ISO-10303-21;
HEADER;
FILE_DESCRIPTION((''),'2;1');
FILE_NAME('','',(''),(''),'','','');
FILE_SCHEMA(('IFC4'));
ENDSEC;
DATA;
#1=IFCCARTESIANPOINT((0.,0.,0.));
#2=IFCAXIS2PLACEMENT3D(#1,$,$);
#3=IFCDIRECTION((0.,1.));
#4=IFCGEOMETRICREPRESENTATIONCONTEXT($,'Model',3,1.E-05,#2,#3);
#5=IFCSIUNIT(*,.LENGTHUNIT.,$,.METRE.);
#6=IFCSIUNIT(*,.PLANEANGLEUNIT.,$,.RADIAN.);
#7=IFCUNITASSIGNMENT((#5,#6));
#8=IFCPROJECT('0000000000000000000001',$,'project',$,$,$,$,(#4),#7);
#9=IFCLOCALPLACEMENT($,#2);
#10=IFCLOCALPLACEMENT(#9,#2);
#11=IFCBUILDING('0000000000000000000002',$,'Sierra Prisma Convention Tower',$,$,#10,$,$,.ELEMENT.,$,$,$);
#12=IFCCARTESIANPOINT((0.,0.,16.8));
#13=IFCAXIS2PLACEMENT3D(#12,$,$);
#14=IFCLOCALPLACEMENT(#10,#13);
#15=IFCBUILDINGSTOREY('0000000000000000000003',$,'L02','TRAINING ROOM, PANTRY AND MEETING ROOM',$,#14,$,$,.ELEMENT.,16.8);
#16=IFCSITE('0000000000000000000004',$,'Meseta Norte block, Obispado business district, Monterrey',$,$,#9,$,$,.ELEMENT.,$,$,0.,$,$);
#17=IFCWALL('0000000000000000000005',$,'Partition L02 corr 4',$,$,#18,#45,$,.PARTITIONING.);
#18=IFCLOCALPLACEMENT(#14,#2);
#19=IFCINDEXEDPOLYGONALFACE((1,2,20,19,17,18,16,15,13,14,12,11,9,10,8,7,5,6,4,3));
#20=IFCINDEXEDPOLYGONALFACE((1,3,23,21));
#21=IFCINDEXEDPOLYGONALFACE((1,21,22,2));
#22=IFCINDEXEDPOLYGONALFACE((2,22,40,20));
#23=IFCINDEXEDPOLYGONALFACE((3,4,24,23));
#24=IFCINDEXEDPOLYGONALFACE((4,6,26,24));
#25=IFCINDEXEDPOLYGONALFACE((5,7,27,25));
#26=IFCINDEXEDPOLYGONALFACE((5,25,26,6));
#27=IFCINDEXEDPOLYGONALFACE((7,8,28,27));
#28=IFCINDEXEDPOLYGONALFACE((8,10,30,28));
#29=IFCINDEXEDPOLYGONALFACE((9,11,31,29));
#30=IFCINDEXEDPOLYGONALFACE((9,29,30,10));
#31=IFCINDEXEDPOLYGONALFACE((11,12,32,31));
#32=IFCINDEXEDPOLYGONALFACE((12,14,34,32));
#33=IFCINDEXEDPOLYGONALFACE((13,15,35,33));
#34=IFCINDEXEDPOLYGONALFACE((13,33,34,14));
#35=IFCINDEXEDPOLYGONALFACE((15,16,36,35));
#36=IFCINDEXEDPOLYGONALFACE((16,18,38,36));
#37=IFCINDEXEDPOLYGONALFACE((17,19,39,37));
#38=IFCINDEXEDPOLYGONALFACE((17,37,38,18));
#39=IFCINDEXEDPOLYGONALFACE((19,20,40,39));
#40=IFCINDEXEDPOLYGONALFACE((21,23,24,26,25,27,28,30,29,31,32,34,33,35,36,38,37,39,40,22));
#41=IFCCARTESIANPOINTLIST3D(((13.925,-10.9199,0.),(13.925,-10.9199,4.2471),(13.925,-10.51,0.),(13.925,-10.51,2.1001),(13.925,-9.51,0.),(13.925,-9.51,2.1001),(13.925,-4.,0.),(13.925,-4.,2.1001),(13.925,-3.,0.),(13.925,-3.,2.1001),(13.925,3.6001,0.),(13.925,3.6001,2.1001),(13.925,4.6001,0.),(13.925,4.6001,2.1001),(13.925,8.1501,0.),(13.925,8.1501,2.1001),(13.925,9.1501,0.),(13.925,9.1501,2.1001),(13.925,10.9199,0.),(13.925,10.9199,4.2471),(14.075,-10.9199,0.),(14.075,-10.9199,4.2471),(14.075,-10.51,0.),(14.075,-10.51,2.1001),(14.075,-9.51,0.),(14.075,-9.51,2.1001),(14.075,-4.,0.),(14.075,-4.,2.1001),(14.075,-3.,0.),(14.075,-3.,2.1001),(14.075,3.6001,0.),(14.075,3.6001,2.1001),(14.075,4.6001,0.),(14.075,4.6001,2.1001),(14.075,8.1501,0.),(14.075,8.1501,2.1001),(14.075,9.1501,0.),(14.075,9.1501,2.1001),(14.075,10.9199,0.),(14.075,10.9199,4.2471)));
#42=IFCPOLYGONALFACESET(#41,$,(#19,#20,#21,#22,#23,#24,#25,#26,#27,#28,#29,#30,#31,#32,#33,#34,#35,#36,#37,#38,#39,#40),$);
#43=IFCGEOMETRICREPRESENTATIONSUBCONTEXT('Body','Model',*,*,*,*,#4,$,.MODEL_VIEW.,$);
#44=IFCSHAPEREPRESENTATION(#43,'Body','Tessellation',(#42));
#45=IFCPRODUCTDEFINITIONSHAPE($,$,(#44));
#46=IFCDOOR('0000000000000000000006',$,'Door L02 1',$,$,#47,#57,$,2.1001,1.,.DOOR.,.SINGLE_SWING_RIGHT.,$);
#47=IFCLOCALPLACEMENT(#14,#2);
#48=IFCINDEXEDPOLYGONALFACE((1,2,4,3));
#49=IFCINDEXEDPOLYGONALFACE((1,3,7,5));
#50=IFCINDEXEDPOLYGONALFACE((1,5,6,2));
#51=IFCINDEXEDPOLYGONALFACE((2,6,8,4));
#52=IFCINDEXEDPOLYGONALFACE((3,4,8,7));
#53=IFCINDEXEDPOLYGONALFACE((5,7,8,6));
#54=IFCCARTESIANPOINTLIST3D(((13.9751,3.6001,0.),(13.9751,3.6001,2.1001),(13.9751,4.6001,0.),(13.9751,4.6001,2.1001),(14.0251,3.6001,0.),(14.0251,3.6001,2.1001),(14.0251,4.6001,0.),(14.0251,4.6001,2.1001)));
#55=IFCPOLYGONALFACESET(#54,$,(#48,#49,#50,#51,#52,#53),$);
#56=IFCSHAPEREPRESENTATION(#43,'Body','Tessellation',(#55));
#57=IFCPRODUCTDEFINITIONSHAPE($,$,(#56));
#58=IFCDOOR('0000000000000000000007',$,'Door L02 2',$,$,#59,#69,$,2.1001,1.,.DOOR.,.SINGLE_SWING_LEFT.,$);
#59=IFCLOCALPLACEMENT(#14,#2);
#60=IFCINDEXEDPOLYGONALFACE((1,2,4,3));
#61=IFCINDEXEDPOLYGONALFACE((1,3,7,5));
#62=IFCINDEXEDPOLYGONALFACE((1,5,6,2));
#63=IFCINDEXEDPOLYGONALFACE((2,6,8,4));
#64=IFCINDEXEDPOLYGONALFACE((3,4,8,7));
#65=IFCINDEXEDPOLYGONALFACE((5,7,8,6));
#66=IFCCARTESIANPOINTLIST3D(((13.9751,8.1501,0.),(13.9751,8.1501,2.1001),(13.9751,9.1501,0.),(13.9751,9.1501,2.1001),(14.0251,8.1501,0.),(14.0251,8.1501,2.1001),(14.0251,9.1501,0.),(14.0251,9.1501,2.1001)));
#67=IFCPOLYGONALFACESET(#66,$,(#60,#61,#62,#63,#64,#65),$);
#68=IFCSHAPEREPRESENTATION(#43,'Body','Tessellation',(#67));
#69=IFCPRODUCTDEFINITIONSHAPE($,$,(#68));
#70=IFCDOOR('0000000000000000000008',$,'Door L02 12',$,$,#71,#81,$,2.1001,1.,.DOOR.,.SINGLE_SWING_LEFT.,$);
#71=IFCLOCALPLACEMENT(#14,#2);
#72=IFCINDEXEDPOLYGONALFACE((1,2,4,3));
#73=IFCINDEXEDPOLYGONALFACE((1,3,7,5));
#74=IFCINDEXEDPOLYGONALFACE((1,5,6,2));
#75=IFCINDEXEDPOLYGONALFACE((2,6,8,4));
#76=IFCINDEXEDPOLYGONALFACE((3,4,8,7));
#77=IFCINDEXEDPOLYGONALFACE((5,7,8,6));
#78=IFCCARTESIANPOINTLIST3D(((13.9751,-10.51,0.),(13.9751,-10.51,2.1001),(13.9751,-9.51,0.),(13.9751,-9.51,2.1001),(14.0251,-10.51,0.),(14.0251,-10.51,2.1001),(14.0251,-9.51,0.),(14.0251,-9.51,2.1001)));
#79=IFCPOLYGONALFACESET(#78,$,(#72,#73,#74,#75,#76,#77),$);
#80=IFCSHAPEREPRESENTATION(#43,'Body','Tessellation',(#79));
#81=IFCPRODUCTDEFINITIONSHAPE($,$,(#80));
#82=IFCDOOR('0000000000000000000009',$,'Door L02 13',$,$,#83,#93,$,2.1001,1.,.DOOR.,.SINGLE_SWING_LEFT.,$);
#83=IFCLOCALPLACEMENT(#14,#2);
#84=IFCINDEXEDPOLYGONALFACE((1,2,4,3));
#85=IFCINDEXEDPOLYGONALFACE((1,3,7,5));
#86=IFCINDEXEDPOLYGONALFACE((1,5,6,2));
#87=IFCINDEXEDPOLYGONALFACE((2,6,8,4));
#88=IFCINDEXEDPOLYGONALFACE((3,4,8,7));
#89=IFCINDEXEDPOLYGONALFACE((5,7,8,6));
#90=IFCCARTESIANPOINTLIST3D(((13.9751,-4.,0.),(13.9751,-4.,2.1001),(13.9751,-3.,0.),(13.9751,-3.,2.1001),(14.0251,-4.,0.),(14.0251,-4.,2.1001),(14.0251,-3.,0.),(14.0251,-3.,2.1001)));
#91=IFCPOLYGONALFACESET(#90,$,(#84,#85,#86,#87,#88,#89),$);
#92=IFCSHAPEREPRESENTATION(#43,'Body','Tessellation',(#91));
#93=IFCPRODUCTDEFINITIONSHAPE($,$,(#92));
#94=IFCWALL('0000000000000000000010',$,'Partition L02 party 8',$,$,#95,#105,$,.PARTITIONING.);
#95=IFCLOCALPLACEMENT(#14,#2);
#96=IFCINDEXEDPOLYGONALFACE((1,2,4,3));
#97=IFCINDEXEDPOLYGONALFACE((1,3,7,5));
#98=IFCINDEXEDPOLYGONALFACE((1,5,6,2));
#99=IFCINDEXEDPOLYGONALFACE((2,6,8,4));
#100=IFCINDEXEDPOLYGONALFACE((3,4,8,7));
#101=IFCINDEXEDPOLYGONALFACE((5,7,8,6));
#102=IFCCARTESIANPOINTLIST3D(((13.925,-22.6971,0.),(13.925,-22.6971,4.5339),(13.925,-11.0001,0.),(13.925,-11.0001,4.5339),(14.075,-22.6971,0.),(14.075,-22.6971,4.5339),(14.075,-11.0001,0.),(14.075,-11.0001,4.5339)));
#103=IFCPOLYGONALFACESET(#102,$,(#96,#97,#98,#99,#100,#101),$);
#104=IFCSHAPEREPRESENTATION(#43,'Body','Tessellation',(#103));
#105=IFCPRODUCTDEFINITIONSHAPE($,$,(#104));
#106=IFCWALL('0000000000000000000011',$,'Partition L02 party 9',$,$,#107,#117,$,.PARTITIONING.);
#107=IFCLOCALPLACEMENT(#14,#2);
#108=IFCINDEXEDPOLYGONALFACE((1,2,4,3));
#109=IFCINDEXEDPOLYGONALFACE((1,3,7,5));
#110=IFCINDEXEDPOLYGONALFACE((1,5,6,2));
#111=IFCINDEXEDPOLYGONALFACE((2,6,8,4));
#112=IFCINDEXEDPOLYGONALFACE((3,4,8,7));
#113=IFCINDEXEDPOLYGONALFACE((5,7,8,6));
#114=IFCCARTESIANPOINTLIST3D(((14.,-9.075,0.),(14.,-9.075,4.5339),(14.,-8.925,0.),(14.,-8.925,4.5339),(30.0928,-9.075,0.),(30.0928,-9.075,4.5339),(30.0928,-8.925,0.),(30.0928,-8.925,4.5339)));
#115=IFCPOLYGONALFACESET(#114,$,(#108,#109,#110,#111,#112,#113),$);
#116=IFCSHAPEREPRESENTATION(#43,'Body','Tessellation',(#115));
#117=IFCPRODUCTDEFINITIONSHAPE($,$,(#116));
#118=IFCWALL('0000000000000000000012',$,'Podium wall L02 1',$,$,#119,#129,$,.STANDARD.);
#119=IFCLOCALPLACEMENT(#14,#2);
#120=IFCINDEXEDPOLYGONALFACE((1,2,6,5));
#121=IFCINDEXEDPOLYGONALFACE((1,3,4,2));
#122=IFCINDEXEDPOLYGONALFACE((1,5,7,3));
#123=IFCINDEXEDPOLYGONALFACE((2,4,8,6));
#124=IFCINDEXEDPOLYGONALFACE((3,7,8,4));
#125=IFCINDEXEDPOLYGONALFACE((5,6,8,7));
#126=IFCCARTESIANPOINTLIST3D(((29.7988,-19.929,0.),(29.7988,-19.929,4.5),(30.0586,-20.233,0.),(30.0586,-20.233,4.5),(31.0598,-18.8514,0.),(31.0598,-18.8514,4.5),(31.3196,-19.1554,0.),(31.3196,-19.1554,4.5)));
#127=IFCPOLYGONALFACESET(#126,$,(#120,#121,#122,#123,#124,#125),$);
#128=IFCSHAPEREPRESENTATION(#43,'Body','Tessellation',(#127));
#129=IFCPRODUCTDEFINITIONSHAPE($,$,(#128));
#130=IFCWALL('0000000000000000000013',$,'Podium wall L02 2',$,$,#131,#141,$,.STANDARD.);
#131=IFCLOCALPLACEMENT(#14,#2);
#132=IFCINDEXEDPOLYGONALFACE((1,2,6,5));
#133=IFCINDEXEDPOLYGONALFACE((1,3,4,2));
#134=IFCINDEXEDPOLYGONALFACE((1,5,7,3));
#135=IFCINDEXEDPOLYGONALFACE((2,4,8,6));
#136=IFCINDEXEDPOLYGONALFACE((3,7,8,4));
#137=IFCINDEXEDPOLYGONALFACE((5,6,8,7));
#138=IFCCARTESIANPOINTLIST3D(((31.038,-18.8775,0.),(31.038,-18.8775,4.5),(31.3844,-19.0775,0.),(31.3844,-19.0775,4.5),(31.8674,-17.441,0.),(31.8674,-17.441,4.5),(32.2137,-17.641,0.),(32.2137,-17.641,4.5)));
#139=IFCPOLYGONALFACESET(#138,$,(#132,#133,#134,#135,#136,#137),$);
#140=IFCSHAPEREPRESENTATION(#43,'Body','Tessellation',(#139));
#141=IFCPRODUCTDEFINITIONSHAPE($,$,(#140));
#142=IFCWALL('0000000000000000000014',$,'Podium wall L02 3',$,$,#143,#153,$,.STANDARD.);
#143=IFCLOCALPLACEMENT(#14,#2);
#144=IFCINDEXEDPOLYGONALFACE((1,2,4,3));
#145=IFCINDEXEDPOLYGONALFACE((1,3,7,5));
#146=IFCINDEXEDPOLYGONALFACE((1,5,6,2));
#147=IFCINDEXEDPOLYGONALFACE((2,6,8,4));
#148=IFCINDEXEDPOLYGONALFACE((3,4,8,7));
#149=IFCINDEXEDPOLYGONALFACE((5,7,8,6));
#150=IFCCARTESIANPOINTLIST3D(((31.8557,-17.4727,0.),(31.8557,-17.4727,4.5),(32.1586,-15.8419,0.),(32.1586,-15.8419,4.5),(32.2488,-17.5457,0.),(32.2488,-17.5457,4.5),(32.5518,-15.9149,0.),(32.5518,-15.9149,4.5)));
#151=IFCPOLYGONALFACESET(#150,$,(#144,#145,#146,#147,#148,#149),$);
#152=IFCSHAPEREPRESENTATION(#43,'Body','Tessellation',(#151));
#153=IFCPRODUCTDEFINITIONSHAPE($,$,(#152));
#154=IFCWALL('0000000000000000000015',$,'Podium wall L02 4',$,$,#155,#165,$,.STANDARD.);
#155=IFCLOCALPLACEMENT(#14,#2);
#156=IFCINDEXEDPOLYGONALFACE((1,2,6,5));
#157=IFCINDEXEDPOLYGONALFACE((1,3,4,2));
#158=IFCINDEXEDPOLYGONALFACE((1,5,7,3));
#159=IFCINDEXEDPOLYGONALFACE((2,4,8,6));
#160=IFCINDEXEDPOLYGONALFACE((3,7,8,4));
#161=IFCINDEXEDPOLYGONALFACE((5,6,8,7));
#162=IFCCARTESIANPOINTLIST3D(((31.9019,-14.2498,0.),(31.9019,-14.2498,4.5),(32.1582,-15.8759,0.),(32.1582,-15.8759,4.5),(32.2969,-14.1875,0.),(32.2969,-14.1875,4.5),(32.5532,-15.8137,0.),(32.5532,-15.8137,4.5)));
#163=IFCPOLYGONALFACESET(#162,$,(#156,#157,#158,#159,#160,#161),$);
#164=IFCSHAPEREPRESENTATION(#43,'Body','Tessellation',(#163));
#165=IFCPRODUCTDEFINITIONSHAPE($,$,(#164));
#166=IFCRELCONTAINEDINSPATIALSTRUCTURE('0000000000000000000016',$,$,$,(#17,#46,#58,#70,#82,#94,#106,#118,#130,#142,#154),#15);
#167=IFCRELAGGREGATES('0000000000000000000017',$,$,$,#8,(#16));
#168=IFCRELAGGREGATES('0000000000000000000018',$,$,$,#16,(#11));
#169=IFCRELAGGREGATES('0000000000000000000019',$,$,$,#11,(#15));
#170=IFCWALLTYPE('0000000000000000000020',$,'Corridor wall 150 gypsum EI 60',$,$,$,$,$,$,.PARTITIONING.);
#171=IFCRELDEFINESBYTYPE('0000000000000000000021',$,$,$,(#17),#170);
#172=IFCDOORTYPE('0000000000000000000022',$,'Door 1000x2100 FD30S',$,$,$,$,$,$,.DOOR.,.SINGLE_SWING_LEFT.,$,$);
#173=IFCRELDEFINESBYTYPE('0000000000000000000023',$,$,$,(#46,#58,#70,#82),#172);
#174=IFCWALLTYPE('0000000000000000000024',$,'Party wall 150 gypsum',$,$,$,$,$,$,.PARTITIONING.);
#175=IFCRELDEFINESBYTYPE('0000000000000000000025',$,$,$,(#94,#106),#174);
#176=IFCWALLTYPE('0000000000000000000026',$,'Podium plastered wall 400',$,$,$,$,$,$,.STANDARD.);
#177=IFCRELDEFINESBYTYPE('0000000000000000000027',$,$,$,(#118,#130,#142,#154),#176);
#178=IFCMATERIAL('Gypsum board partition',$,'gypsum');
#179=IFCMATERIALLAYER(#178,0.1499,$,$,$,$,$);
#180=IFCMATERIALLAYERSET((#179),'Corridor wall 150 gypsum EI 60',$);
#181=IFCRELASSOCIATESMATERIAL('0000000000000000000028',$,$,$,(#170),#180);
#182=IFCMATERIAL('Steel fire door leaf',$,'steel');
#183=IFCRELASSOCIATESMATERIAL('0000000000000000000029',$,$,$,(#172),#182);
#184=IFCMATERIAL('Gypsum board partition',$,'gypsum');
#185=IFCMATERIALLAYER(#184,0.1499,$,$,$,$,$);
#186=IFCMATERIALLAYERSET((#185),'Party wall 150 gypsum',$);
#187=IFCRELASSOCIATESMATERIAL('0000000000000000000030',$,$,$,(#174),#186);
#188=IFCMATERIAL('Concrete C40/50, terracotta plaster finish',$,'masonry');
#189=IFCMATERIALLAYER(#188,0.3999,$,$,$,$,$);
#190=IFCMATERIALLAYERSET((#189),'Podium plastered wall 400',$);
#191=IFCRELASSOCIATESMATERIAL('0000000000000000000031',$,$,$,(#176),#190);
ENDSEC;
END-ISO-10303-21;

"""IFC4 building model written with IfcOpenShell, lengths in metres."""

from ifc_helpers import new_model, si_unit, direction, frame, frame_2d, origin, place, context, subcontext, project, spatial, rectangle, extrude, material, layer, layer_set, type_object, element, fill, save


model = new_model("IFC4")

# Units and contexts
model_context = context("Model", 3, precision=1e-05, world=origin(), true_north=direction((0.0, 1.0)))
body_context = subcontext(model_context, "Body", "Model", "MODEL_VIEW")
ifc_project = project(units=[si_unit("LENGTHUNIT", "METRE"), si_unit("PLANEANGLEUNIT", "RADIAN")], contexts=[model_context])

# Site, building, storey
site_placement = place(None, origin())
site = spatial("IfcSite", under=ifc_project, at=site_placement, Name="Meseta Norte block, Obispado business district, Monterrey", CompositionType="ELEMENT", RefElevation=0.0)
building_placement = place(site_placement, origin())
building = spatial("IfcBuilding", under=site, at=building_placement, Name="Sierra Prisma Convention Tower", CompositionType="ELEMENT")
storey_placement = place(building_placement, frame((0.0, 0.0, 16.8)))
storey = spatial("IfcBuildingStorey", under=building, at=storey_placement, Name="L02", Description="TRAINING ROOM, PANTRY AND MEETING ROOM", CompositionType="ELEMENT", Elevation=16.8)

# Wall, openings, doors
ifc_material_1 = material(Name="Gypsum board partition", Category="gypsum")
ifc_layer_1 = layer(ifc_material_1, 0.1499)
ifc_layer_set_1 = layer_set([ifc_layer_1], Name="Corridor wall 150 gypsum EI 60")
wall_type_1 = type_object("IfcWallType", Name="Corridor wall 150 gypsum EI 60", PredefinedType="PARTITIONING", material=ifc_layer_set_1)
wall_1_placement = place(storey_placement, frame((14.0, -10.9199, 0.0), z_axis=(0.0, 0.0, 1.0), x_axis=(0.0, 1.0, 0.0)))
wall_1 = element("IfcWall", 1, at=wall_1_placement, inside=storey, type_object=wall_type_1, Name="Partition L02 corr 4", PredefinedType="PARTITIONING", context=body_context, shape_type="SweptSolid", body=[
    extrude(rectangle(XDim=21.8398, YDim=0.1499, at=frame_2d((10.9199, 0.0))), origin(), (0.0, 0.0, 1.0), 4.2471),
])
opening_1_placement = place(wall_1_placement, frame((14.52, 0.0, 0.0)))
opening_1 = element("IfcOpeningElement", 2, at=opening_1_placement, cuts=wall_1, PredefinedType="OPENING", context=body_context, shape_type="SweptSolid", body=[
    extrude(rectangle(XDim=1.0, YDim=2.1001, at=frame_2d((0.5, 1.05))), frame((0.0, 0.075, 0.0), z_axis=(0.0, -1.0, 0.0), x_axis=(1.0, 0.0, 0.0)), (0.0, 0.0, 1.0), 0.1499),
])
opening_2_placement = place(wall_1_placement, frame((19.0701, 0.0, 0.0)))
opening_2 = element("IfcOpeningElement", 3, at=opening_2_placement, cuts=wall_1, PredefinedType="OPENING", context=body_context, shape_type="SweptSolid", body=[
    extrude(rectangle(XDim=1.0, YDim=2.1001, at=frame_2d((0.5, 1.05))), frame((0.0, 0.075, 0.0), z_axis=(0.0, -1.0, 0.0), x_axis=(1.0, 0.0, 0.0)), (0.0, 0.0, 1.0), 0.1499),
])
opening_3_placement = place(wall_1_placement, frame((0.4099, 0.0, 0.0)))
opening_3 = element("IfcOpeningElement", 4, at=opening_3_placement, cuts=wall_1, PredefinedType="OPENING", context=body_context, shape_type="SweptSolid", body=[
    extrude(rectangle(XDim=1.0, YDim=2.1001, at=frame_2d((0.5, 1.05))), frame((0.0, 0.075, 0.0), z_axis=(0.0, -1.0, 0.0), x_axis=(1.0, 0.0, 0.0)), (0.0, 0.0, 1.0), 0.1499),
])
opening_4_placement = place(wall_1_placement, frame((6.9199, 0.0, 0.0)))
opening_4 = element("IfcOpeningElement", 5, at=opening_4_placement, cuts=wall_1, PredefinedType="OPENING", context=body_context, shape_type="SweptSolid", body=[
    extrude(rectangle(XDim=1.0, YDim=2.1001, at=frame_2d((0.5, 1.05))), frame((0.0, 0.075, 0.0), z_axis=(0.0, -1.0, 0.0), x_axis=(1.0, 0.0, 0.0)), (0.0, 0.0, 1.0), 0.1499),
])
ifc_material_2 = material(Name="Steel fire door leaf", Category="steel")
door_type = type_object("IfcDoorType", Name="Door 1000x2100 FD30S", OperationType="SINGLE_SWING_LEFT", PredefinedType="DOOR", material=ifc_material_2)
door_1_placement = place(opening_1_placement, origin())
door_1 = element("IfcDoor", 6, at=door_1_placement, inside=storey, type_object=door_type, Name="Door L02 1", OperationType="SINGLE_SWING_RIGHT", OverallHeight=2.1001, OverallWidth=1.0, PredefinedType="DOOR", context=body_context, shape_type="SweptSolid", body=[
    extrude(rectangle(XDim=1.0, YDim=2.1001, at=frame_2d((0.5, 1.05))), frame((0.0, 0.0249, 0.0), z_axis=(0.0, -1.0, 0.0), x_axis=(1.0, 0.0, 0.0)), (0.0, 0.0, 1.0), 0.05),
])
fill(opening_1, door_1)
door_2_placement = place(opening_2_placement, origin())
door_2 = element("IfcDoor", 7, at=door_2_placement, inside=storey, type_object=door_type, Name="Door L02 2", OperationType="SINGLE_SWING_LEFT", OverallHeight=2.1001, OverallWidth=1.0, PredefinedType="DOOR", context=body_context, shape_type="SweptSolid", body=[
    extrude(rectangle(XDim=1.0, YDim=2.1001, at=frame_2d((0.5, 1.05))), frame((0.0, 0.0249, 0.0), z_axis=(0.0, -1.0, 0.0), x_axis=(1.0, 0.0, 0.0)), (0.0, 0.0, 1.0), 0.05),
])
fill(opening_2, door_2)
door_3_placement = place(opening_3_placement, origin())
door_3 = element("IfcDoor", 8, at=door_3_placement, inside=storey, type_object=door_type, Name="Door L02 12", OperationType="SINGLE_SWING_LEFT", OverallHeight=2.1001, OverallWidth=1.0, PredefinedType="DOOR", context=body_context, shape_type="SweptSolid", body=[
    extrude(rectangle(XDim=1.0, YDim=2.1001, at=frame_2d((0.5, 1.05))), frame((0.0, 0.0249, 0.0), z_axis=(0.0, -1.0, 0.0), x_axis=(1.0, 0.0, 0.0)), (0.0, 0.0, 1.0), 0.05),
])
fill(opening_3, door_3)
door_4_placement = place(opening_4_placement, origin())
door_4 = element("IfcDoor", 9, at=door_4_placement, inside=storey, type_object=door_type, Name="Door L02 13", OperationType="SINGLE_SWING_LEFT", OverallHeight=2.1001, OverallWidth=1.0, PredefinedType="DOOR", context=body_context, shape_type="SweptSolid", body=[
    extrude(rectangle(XDim=1.0, YDim=2.1001, at=frame_2d((0.5, 1.05))), frame((0.0, 0.0249, 0.0), z_axis=(0.0, -1.0, 0.0), x_axis=(1.0, 0.0, 0.0)), (0.0, 0.0, 1.0), 0.05),
])
fill(opening_4, door_4)

# Walls
ifc_material_3 = material(Name="Gypsum board partition", Category="gypsum")
ifc_layer_2 = layer(ifc_material_3, 0.1499)
ifc_layer_set_2 = layer_set([ifc_layer_2], Name="Party wall 150 gypsum")
wall_type_2 = type_object("IfcWallType", Name="Party wall 150 gypsum", PredefinedType="PARTITIONING", material=ifc_layer_set_2)
wall_2_placement = place(storey_placement, frame((14.0, -11.0, 0.0), z_axis=(0.0, 0.0, 1.0), x_axis=(0.0, -1.0, 0.0)))
element("IfcWall", 10, at=wall_2_placement, inside=storey, type_object=wall_type_2, Name="Partition L02 party 8", PredefinedType="PARTITIONING", context=body_context, shape_type="SweptSolid", body=[
    extrude(rectangle(XDim=11.697, YDim=0.1499, at=frame_2d((5.8486, 0.0))), origin(), (0.0, 0.0, 1.0), 4.5339),
])
wall_3_placement = place(storey_placement, frame((14.0, -9.0, 0.0), z_axis=(0.0, 0.0, 1.0), x_axis=(1.0, 0.0, 0.0)))
element("IfcWall", 11, at=wall_3_placement, inside=storey, type_object=wall_type_2, Name="Partition L02 party 9", PredefinedType="PARTITIONING", context=body_context, shape_type="SweptSolid", body=[
    extrude(rectangle(XDim=16.0928, YDim=0.1499, at=frame_2d((8.0464, 0.0))), origin(), (0.0, 0.0, 1.0), 4.5339),
])
ifc_material_4 = material(Name="Concrete C40/50, terracotta plaster finish", Category="masonry")
ifc_layer_3 = layer(ifc_material_4, 0.3999)
ifc_layer_set_3 = layer_set([ifc_layer_3], Name="Podium plastered wall 400")
wall_type_3 = type_object("IfcWallType", Name="Podium plastered wall 400", PredefinedType="STANDARD", material=ifc_layer_set_3)
for number, where, z_axis, x_axis, name in (
    (12, (31.1897, -19.0034, 0.0), (0.0, 0.0, 1.0), (-0.760212, -0.649676, 0.0), "Podium wall L02 1"),
    (13, (32.0405, -17.541, 0.0), (0.0, 0.0, 1.0), (-0.499986, -0.866034, 0.0), "Podium wall L02 2"),
    (14, (32.3552, -15.8784, 0.0), (0.0, 0.0, 1.0), (-0.182653, -0.983177, 0.0), "Podium wall L02 3"),
):
    element("IfcWall", number, at=place(storey_placement, frame(where, z_axis=z_axis, x_axis=x_axis)), inside=storey, type_object=wall_type_3, Name=name, PredefinedType="STANDARD", context=body_context, shape_type="SweptSolid", body=[
        extrude(rectangle(XDim=1.6587, YDim=0.3999, at=frame_2d((0.8293, 0.0))), origin(), (0.0, 0.0, 1.0), 4.5),
    ])
wall_4_placement = place(storey_placement, frame((32.0994, -14.2185, 0.0), z_axis=(0.0, 0.0, 1.0), x_axis=(0.155711, -0.987803, 0.0)))
element("IfcWall", 15, at=wall_4_placement, inside=storey, type_object=wall_type_3, Name="Podium wall L02 4", PredefinedType="STANDARD", context=body_context, shape_type="SweptSolid", body=[
    extrude(rectangle(XDim=1.6462, YDim=0.3999, at=frame_2d((0.8232, 0.0))), origin(), (0.0, 0.0, 1.0), 4.5),
])

save(model, "model.ifc")
